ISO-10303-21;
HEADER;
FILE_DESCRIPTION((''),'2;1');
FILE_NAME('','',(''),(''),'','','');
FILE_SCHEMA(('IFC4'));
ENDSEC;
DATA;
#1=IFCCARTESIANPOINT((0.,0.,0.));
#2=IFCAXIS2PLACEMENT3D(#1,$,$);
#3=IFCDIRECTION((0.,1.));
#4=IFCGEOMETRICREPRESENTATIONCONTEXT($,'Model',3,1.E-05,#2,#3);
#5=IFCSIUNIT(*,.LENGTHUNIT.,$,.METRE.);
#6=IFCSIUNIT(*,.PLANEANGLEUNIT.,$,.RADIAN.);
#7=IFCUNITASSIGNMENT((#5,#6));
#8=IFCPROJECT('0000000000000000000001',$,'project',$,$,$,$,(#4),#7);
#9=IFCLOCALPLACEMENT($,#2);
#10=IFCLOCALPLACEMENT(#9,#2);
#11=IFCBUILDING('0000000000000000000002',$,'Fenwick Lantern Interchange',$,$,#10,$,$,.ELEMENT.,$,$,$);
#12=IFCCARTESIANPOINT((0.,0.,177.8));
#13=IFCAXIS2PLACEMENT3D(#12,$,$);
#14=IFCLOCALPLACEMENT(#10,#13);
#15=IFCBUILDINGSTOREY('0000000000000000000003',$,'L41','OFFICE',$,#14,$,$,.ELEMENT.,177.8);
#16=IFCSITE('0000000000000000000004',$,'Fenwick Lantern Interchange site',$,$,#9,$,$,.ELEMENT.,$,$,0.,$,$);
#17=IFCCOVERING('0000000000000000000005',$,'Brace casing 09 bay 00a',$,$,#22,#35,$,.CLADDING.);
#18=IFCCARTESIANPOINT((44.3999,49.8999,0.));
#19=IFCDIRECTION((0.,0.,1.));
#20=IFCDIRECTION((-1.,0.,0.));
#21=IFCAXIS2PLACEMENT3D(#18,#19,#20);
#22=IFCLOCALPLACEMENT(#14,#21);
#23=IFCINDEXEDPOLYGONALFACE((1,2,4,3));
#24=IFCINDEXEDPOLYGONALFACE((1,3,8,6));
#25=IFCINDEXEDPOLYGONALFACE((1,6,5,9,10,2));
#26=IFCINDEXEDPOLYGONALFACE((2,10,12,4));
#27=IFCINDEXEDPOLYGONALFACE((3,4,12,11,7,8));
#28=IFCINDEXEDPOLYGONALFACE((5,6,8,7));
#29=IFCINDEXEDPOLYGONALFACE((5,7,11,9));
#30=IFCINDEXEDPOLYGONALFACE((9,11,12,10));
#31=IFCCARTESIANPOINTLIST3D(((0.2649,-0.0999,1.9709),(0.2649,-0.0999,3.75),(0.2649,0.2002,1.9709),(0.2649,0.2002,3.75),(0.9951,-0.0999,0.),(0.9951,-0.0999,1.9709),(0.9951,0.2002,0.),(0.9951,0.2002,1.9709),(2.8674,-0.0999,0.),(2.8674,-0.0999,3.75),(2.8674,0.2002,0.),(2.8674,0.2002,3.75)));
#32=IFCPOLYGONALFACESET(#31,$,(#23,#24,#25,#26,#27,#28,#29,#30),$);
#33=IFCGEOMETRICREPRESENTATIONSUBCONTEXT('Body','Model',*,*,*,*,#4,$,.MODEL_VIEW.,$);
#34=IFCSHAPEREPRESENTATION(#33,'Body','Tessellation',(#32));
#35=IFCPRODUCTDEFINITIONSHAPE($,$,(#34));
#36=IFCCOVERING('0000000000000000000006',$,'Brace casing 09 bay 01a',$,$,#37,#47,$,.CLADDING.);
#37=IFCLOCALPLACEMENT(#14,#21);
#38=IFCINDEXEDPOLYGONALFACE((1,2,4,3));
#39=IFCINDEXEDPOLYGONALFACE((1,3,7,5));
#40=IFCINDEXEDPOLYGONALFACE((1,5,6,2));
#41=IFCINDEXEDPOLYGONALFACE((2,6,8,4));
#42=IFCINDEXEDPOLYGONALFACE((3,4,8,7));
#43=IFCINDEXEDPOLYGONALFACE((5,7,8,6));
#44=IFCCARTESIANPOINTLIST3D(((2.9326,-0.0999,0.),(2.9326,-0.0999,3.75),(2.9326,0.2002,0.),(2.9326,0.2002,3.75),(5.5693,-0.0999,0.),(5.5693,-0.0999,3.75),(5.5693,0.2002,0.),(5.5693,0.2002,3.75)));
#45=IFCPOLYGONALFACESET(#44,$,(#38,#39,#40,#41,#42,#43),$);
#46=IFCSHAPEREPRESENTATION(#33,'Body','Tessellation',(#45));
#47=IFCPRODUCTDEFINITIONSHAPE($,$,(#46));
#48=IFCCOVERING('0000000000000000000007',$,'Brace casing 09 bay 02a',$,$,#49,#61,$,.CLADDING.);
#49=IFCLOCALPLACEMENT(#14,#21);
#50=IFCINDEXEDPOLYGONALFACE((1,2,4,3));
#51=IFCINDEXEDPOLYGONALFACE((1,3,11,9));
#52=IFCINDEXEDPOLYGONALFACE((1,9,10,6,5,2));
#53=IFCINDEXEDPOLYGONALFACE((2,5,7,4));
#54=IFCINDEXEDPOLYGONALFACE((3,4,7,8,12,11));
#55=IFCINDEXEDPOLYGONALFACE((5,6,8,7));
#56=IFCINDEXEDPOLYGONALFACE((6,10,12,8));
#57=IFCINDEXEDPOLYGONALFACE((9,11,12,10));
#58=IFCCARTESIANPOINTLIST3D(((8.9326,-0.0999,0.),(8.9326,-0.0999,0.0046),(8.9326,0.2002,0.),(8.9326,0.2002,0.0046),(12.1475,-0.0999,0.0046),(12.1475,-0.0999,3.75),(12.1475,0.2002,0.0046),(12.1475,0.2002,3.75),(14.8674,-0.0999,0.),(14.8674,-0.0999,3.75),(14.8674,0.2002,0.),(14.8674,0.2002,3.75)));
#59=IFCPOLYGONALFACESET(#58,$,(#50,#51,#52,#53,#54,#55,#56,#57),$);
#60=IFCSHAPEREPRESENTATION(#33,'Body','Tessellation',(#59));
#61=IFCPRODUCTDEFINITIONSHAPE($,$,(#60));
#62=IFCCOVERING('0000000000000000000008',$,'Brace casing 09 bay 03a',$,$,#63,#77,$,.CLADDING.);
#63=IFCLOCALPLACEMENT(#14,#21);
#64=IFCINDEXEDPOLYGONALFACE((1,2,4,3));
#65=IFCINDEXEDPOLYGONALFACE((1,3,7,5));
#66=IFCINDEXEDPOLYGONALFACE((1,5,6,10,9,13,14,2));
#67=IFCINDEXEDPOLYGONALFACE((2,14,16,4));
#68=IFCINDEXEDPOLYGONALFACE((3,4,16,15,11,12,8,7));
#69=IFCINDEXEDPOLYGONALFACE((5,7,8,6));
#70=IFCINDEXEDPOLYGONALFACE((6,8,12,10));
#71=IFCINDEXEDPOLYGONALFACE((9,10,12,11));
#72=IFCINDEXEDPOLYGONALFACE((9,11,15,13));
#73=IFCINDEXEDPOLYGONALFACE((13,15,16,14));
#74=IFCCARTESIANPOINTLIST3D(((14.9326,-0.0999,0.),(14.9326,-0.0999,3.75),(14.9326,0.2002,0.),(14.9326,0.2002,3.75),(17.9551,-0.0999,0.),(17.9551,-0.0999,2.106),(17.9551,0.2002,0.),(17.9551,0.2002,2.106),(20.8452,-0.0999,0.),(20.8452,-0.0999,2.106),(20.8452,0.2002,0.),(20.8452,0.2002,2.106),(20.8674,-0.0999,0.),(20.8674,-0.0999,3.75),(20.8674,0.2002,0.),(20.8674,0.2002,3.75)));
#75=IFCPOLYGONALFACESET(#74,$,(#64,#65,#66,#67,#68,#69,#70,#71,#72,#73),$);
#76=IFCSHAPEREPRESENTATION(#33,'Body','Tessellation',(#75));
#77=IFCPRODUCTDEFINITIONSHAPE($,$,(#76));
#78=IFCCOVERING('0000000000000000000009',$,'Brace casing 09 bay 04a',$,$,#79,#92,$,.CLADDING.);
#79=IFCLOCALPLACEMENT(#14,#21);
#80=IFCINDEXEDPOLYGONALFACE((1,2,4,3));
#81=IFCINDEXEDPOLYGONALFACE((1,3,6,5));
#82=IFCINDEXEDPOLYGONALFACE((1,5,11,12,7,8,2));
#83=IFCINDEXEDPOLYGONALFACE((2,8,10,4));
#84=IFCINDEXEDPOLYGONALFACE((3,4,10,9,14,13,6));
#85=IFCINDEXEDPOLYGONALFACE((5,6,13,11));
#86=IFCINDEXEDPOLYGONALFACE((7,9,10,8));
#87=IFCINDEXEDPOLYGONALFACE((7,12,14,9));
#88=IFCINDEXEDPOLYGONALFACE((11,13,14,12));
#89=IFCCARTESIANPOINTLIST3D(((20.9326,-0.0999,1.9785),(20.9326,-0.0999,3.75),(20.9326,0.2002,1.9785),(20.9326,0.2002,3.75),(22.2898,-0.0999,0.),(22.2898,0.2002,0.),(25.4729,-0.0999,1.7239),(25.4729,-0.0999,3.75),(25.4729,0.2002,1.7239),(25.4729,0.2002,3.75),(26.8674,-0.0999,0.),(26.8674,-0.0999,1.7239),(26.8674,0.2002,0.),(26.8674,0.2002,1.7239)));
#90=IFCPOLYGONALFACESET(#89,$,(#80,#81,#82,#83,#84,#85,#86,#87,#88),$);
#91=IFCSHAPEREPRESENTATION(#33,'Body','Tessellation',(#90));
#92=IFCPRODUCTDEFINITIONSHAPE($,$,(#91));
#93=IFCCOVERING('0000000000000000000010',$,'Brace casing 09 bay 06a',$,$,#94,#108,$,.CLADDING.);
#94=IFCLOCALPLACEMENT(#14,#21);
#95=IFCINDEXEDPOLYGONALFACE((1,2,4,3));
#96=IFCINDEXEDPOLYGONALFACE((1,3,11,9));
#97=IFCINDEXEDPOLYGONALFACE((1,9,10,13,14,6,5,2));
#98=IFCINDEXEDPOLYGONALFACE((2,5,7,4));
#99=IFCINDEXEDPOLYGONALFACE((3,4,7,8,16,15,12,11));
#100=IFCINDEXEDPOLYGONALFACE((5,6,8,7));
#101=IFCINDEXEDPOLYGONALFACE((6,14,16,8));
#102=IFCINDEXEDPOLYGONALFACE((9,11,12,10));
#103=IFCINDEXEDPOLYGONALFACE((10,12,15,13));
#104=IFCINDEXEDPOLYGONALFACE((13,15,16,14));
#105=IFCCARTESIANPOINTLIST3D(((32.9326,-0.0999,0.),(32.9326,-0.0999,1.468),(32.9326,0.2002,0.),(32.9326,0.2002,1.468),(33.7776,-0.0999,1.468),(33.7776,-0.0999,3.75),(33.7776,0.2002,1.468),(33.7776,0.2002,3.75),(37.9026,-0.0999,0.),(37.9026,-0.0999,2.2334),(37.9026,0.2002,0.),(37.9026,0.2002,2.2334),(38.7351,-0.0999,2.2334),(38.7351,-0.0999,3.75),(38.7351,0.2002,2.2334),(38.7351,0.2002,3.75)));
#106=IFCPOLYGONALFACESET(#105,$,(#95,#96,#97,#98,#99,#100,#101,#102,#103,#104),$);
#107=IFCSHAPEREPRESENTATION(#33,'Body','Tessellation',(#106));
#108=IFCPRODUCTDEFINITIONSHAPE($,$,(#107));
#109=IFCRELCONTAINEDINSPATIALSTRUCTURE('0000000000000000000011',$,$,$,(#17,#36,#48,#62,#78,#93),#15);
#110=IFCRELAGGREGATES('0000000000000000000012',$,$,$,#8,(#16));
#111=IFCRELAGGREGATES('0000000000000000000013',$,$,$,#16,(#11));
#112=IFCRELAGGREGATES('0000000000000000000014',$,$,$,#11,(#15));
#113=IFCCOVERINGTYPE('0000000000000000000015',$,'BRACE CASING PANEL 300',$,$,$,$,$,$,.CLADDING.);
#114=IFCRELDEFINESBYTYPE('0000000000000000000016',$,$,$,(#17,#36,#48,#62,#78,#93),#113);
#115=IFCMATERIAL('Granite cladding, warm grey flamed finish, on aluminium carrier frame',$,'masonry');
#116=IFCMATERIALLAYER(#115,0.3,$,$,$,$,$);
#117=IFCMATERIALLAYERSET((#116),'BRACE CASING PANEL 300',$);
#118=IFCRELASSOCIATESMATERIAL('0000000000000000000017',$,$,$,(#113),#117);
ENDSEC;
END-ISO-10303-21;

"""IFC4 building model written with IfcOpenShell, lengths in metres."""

from ifc_helpers import new_model, si_unit, direction, frame, origin, place, context, subcontext, project, spatial, polyline, outline, extrude, material, layer, layer_set, type_object, element, save


model = new_model("IFC4")

# Units and contexts
model_context = context("Model", 3, precision=1e-05, world=origin(), true_north=direction((0.0, 1.0)))
body_context = subcontext(model_context, "Body", "Model", "MODEL_VIEW")
ifc_project = project(units=[si_unit("LENGTHUNIT", "METRE"), si_unit("PLANEANGLEUNIT", "RADIAN")], contexts=[model_context])

# Site, building, storey
site_placement = place(None, origin())
site = spatial("IfcSite", under=ifc_project, at=site_placement, Name="Fenwick Lantern Interchange site", CompositionType="ELEMENT", RefElevation=0.0)
building_placement = place(site_placement, origin())
building = spatial("IfcBuilding", under=site, at=building_placement, Name="Fenwick Lantern Interchange", CompositionType="ELEMENT")
storey_placement = place(building_placement, frame((0.0, 0.0, 177.8)))
storey = spatial("IfcBuildingStorey", under=building, at=storey_placement, Name="L41", Description="OFFICE", CompositionType="ELEMENT", Elevation=177.8)

# Coverings
ifc_material_1 = material(Name="Granite cladding, warm grey flamed finish, on aluminium carrier frame", Category="masonry")
ifc_layer_1 = layer(ifc_material_1, 0.3)
ifc_layer_set_1 = layer_set([ifc_layer_1], Name="BRACE CASING PANEL 300")
covering_type = type_object("IfcCoveringType", Name="BRACE CASING PANEL 300", PredefinedType="CLADDING", material=ifc_layer_set_1)
covering_1_placement = place(storey_placement, frame((44.3999, 49.8999, 0.0), z_axis=(0.0, 0.0, 1.0), x_axis=(-1.0, 0.0, 0.0)))
element("IfcCovering", 1, at=covering_1_placement, inside=storey, type_object=covering_type, Name="Brace casing 09 bay 00a", PredefinedType="CLADDING", context=body_context, shape_type="SweptSolid", body=[
    extrude(outline(polyline([(0.9951, 0.0), (2.8674, 0.0), (2.8674, 3.75), (0.2649, 3.75), (0.2649, 1.9709), (0.9951, 1.9709), (0.9951, 0.0)])), frame((0.0, 0.2002, 0.0), z_axis=(0.0, -1.0, 0.0), x_axis=(1.0, 0.0, 0.0)), (0.0, 0.0, 1.0), 0.3),
])
covering_2_placement = place(storey_placement, frame((44.3999, 49.8999, 0.0), z_axis=(0.0, 0.0, 1.0), x_axis=(-1.0, 0.0, 0.0)))
element("IfcCovering", 2, at=covering_2_placement, inside=storey, type_object=covering_type, Name="Brace casing 09 bay 01a", PredefinedType="CLADDING", context=body_context, shape_type="SweptSolid", body=[
    extrude(outline(polyline([(2.9326, 0.0), (5.5693, 0.0), (5.5693, 3.75), (2.9326, 3.75), (2.9326, 0.0)])), frame((0.0, 0.2002, 0.0), z_axis=(0.0, -1.0, 0.0), x_axis=(1.0, 0.0, 0.0)), (0.0, 0.0, 1.0), 0.3),
])
covering_3_placement = place(storey_placement, frame((44.3999, 49.8999, 0.0), z_axis=(0.0, 0.0, 1.0), x_axis=(-1.0, 0.0, 0.0)))
element("IfcCovering", 3, at=covering_3_placement, inside=storey, type_object=covering_type, Name="Brace casing 09 bay 02a", PredefinedType="CLADDING", context=body_context, shape_type="SweptSolid", body=[
    extrude(outline(polyline([(8.9326, 0.0), (14.8674, 0.0), (14.8674, 3.75), (12.1475, 3.75), (12.1475, 0.0046), (8.9326, 0.0046), (8.9326, 0.0)])), frame((0.0, 0.2002, 0.0), z_axis=(0.0, -1.0, 0.0), x_axis=(1.0, 0.0, 0.0)), (0.0, 0.0, 1.0), 0.3),
])
covering_4_placement = place(storey_placement, frame((44.3999, 49.8999, 0.0), z_axis=(0.0, 0.0, 1.0), x_axis=(-1.0, 0.0, 0.0)))
element("IfcCovering", 4, at=covering_4_placement, inside=storey, type_object=covering_type, Name="Brace casing 09 bay 03a", PredefinedType="CLADDING", context=body_context, shape_type="SweptSolid", body=[
    extrude(outline(polyline([(14.9326, 0.0), (17.9551, 0.0), (17.9551, 2.106), (20.8452, 2.106), (20.8452, 0.0), (20.8674, 0.0), (20.8674, 3.75), (14.9326, 3.75), (14.9326, 0.0)])), frame((0.0, 0.2002, 0.0), z_axis=(0.0, -1.0, 0.0), x_axis=(1.0, 0.0, 0.0)), (0.0, 0.0, 1.0), 0.3),
])
covering_5_placement = place(storey_placement, frame((44.3999, 49.8999, 0.0), z_axis=(0.0, 0.0, 1.0), x_axis=(-1.0, 0.0, 0.0)))
element("IfcCovering", 5, at=covering_5_placement, inside=storey, type_object=covering_type, Name="Brace casing 09 bay 04a", PredefinedType="CLADDING", context=body_context, shape_type="SweptSolid", body=[
    extrude(outline(polyline([(22.2898, 0.0), (26.8674, 0.0), (26.8674, 1.7239), (25.4729, 1.7239), (25.4729, 3.75), (20.9326, 3.75), (20.9326, 1.9785), (22.2898, 0.0)])), frame((0.0, 0.2002, 0.0), z_axis=(0.0, -1.0, 0.0), x_axis=(1.0, 0.0, 0.0)), (0.0, 0.0, 1.0), 0.3),
])
covering_6_placement = place(storey_placement, frame((44.3999, 49.8999, 0.0), z_axis=(0.0, 0.0, 1.0), x_axis=(-1.0, 0.0, 0.0)))
element("IfcCovering", 6, at=covering_6_placement, inside=storey, type_object=covering_type, Name="Brace casing 09 bay 06a", PredefinedType="CLADDING", context=body_context, shape_type="SweptSolid", body=[
    extrude(outline(polyline([(32.9326, 0.0), (37.9026, 0.0), (37.9026, 2.2334), (38.7351, 2.2334), (38.7351, 3.75), (33.7776, 3.75), (33.7776, 1.468), (32.9326, 1.468), (32.9326, 0.0)])), frame((0.0, 0.2002, 0.0), z_axis=(0.0, -1.0, 0.0), x_axis=(1.0, 0.0, 0.0)), (0.0, 0.0, 1.0), 0.3),
])

save(model, "model.ifc")
